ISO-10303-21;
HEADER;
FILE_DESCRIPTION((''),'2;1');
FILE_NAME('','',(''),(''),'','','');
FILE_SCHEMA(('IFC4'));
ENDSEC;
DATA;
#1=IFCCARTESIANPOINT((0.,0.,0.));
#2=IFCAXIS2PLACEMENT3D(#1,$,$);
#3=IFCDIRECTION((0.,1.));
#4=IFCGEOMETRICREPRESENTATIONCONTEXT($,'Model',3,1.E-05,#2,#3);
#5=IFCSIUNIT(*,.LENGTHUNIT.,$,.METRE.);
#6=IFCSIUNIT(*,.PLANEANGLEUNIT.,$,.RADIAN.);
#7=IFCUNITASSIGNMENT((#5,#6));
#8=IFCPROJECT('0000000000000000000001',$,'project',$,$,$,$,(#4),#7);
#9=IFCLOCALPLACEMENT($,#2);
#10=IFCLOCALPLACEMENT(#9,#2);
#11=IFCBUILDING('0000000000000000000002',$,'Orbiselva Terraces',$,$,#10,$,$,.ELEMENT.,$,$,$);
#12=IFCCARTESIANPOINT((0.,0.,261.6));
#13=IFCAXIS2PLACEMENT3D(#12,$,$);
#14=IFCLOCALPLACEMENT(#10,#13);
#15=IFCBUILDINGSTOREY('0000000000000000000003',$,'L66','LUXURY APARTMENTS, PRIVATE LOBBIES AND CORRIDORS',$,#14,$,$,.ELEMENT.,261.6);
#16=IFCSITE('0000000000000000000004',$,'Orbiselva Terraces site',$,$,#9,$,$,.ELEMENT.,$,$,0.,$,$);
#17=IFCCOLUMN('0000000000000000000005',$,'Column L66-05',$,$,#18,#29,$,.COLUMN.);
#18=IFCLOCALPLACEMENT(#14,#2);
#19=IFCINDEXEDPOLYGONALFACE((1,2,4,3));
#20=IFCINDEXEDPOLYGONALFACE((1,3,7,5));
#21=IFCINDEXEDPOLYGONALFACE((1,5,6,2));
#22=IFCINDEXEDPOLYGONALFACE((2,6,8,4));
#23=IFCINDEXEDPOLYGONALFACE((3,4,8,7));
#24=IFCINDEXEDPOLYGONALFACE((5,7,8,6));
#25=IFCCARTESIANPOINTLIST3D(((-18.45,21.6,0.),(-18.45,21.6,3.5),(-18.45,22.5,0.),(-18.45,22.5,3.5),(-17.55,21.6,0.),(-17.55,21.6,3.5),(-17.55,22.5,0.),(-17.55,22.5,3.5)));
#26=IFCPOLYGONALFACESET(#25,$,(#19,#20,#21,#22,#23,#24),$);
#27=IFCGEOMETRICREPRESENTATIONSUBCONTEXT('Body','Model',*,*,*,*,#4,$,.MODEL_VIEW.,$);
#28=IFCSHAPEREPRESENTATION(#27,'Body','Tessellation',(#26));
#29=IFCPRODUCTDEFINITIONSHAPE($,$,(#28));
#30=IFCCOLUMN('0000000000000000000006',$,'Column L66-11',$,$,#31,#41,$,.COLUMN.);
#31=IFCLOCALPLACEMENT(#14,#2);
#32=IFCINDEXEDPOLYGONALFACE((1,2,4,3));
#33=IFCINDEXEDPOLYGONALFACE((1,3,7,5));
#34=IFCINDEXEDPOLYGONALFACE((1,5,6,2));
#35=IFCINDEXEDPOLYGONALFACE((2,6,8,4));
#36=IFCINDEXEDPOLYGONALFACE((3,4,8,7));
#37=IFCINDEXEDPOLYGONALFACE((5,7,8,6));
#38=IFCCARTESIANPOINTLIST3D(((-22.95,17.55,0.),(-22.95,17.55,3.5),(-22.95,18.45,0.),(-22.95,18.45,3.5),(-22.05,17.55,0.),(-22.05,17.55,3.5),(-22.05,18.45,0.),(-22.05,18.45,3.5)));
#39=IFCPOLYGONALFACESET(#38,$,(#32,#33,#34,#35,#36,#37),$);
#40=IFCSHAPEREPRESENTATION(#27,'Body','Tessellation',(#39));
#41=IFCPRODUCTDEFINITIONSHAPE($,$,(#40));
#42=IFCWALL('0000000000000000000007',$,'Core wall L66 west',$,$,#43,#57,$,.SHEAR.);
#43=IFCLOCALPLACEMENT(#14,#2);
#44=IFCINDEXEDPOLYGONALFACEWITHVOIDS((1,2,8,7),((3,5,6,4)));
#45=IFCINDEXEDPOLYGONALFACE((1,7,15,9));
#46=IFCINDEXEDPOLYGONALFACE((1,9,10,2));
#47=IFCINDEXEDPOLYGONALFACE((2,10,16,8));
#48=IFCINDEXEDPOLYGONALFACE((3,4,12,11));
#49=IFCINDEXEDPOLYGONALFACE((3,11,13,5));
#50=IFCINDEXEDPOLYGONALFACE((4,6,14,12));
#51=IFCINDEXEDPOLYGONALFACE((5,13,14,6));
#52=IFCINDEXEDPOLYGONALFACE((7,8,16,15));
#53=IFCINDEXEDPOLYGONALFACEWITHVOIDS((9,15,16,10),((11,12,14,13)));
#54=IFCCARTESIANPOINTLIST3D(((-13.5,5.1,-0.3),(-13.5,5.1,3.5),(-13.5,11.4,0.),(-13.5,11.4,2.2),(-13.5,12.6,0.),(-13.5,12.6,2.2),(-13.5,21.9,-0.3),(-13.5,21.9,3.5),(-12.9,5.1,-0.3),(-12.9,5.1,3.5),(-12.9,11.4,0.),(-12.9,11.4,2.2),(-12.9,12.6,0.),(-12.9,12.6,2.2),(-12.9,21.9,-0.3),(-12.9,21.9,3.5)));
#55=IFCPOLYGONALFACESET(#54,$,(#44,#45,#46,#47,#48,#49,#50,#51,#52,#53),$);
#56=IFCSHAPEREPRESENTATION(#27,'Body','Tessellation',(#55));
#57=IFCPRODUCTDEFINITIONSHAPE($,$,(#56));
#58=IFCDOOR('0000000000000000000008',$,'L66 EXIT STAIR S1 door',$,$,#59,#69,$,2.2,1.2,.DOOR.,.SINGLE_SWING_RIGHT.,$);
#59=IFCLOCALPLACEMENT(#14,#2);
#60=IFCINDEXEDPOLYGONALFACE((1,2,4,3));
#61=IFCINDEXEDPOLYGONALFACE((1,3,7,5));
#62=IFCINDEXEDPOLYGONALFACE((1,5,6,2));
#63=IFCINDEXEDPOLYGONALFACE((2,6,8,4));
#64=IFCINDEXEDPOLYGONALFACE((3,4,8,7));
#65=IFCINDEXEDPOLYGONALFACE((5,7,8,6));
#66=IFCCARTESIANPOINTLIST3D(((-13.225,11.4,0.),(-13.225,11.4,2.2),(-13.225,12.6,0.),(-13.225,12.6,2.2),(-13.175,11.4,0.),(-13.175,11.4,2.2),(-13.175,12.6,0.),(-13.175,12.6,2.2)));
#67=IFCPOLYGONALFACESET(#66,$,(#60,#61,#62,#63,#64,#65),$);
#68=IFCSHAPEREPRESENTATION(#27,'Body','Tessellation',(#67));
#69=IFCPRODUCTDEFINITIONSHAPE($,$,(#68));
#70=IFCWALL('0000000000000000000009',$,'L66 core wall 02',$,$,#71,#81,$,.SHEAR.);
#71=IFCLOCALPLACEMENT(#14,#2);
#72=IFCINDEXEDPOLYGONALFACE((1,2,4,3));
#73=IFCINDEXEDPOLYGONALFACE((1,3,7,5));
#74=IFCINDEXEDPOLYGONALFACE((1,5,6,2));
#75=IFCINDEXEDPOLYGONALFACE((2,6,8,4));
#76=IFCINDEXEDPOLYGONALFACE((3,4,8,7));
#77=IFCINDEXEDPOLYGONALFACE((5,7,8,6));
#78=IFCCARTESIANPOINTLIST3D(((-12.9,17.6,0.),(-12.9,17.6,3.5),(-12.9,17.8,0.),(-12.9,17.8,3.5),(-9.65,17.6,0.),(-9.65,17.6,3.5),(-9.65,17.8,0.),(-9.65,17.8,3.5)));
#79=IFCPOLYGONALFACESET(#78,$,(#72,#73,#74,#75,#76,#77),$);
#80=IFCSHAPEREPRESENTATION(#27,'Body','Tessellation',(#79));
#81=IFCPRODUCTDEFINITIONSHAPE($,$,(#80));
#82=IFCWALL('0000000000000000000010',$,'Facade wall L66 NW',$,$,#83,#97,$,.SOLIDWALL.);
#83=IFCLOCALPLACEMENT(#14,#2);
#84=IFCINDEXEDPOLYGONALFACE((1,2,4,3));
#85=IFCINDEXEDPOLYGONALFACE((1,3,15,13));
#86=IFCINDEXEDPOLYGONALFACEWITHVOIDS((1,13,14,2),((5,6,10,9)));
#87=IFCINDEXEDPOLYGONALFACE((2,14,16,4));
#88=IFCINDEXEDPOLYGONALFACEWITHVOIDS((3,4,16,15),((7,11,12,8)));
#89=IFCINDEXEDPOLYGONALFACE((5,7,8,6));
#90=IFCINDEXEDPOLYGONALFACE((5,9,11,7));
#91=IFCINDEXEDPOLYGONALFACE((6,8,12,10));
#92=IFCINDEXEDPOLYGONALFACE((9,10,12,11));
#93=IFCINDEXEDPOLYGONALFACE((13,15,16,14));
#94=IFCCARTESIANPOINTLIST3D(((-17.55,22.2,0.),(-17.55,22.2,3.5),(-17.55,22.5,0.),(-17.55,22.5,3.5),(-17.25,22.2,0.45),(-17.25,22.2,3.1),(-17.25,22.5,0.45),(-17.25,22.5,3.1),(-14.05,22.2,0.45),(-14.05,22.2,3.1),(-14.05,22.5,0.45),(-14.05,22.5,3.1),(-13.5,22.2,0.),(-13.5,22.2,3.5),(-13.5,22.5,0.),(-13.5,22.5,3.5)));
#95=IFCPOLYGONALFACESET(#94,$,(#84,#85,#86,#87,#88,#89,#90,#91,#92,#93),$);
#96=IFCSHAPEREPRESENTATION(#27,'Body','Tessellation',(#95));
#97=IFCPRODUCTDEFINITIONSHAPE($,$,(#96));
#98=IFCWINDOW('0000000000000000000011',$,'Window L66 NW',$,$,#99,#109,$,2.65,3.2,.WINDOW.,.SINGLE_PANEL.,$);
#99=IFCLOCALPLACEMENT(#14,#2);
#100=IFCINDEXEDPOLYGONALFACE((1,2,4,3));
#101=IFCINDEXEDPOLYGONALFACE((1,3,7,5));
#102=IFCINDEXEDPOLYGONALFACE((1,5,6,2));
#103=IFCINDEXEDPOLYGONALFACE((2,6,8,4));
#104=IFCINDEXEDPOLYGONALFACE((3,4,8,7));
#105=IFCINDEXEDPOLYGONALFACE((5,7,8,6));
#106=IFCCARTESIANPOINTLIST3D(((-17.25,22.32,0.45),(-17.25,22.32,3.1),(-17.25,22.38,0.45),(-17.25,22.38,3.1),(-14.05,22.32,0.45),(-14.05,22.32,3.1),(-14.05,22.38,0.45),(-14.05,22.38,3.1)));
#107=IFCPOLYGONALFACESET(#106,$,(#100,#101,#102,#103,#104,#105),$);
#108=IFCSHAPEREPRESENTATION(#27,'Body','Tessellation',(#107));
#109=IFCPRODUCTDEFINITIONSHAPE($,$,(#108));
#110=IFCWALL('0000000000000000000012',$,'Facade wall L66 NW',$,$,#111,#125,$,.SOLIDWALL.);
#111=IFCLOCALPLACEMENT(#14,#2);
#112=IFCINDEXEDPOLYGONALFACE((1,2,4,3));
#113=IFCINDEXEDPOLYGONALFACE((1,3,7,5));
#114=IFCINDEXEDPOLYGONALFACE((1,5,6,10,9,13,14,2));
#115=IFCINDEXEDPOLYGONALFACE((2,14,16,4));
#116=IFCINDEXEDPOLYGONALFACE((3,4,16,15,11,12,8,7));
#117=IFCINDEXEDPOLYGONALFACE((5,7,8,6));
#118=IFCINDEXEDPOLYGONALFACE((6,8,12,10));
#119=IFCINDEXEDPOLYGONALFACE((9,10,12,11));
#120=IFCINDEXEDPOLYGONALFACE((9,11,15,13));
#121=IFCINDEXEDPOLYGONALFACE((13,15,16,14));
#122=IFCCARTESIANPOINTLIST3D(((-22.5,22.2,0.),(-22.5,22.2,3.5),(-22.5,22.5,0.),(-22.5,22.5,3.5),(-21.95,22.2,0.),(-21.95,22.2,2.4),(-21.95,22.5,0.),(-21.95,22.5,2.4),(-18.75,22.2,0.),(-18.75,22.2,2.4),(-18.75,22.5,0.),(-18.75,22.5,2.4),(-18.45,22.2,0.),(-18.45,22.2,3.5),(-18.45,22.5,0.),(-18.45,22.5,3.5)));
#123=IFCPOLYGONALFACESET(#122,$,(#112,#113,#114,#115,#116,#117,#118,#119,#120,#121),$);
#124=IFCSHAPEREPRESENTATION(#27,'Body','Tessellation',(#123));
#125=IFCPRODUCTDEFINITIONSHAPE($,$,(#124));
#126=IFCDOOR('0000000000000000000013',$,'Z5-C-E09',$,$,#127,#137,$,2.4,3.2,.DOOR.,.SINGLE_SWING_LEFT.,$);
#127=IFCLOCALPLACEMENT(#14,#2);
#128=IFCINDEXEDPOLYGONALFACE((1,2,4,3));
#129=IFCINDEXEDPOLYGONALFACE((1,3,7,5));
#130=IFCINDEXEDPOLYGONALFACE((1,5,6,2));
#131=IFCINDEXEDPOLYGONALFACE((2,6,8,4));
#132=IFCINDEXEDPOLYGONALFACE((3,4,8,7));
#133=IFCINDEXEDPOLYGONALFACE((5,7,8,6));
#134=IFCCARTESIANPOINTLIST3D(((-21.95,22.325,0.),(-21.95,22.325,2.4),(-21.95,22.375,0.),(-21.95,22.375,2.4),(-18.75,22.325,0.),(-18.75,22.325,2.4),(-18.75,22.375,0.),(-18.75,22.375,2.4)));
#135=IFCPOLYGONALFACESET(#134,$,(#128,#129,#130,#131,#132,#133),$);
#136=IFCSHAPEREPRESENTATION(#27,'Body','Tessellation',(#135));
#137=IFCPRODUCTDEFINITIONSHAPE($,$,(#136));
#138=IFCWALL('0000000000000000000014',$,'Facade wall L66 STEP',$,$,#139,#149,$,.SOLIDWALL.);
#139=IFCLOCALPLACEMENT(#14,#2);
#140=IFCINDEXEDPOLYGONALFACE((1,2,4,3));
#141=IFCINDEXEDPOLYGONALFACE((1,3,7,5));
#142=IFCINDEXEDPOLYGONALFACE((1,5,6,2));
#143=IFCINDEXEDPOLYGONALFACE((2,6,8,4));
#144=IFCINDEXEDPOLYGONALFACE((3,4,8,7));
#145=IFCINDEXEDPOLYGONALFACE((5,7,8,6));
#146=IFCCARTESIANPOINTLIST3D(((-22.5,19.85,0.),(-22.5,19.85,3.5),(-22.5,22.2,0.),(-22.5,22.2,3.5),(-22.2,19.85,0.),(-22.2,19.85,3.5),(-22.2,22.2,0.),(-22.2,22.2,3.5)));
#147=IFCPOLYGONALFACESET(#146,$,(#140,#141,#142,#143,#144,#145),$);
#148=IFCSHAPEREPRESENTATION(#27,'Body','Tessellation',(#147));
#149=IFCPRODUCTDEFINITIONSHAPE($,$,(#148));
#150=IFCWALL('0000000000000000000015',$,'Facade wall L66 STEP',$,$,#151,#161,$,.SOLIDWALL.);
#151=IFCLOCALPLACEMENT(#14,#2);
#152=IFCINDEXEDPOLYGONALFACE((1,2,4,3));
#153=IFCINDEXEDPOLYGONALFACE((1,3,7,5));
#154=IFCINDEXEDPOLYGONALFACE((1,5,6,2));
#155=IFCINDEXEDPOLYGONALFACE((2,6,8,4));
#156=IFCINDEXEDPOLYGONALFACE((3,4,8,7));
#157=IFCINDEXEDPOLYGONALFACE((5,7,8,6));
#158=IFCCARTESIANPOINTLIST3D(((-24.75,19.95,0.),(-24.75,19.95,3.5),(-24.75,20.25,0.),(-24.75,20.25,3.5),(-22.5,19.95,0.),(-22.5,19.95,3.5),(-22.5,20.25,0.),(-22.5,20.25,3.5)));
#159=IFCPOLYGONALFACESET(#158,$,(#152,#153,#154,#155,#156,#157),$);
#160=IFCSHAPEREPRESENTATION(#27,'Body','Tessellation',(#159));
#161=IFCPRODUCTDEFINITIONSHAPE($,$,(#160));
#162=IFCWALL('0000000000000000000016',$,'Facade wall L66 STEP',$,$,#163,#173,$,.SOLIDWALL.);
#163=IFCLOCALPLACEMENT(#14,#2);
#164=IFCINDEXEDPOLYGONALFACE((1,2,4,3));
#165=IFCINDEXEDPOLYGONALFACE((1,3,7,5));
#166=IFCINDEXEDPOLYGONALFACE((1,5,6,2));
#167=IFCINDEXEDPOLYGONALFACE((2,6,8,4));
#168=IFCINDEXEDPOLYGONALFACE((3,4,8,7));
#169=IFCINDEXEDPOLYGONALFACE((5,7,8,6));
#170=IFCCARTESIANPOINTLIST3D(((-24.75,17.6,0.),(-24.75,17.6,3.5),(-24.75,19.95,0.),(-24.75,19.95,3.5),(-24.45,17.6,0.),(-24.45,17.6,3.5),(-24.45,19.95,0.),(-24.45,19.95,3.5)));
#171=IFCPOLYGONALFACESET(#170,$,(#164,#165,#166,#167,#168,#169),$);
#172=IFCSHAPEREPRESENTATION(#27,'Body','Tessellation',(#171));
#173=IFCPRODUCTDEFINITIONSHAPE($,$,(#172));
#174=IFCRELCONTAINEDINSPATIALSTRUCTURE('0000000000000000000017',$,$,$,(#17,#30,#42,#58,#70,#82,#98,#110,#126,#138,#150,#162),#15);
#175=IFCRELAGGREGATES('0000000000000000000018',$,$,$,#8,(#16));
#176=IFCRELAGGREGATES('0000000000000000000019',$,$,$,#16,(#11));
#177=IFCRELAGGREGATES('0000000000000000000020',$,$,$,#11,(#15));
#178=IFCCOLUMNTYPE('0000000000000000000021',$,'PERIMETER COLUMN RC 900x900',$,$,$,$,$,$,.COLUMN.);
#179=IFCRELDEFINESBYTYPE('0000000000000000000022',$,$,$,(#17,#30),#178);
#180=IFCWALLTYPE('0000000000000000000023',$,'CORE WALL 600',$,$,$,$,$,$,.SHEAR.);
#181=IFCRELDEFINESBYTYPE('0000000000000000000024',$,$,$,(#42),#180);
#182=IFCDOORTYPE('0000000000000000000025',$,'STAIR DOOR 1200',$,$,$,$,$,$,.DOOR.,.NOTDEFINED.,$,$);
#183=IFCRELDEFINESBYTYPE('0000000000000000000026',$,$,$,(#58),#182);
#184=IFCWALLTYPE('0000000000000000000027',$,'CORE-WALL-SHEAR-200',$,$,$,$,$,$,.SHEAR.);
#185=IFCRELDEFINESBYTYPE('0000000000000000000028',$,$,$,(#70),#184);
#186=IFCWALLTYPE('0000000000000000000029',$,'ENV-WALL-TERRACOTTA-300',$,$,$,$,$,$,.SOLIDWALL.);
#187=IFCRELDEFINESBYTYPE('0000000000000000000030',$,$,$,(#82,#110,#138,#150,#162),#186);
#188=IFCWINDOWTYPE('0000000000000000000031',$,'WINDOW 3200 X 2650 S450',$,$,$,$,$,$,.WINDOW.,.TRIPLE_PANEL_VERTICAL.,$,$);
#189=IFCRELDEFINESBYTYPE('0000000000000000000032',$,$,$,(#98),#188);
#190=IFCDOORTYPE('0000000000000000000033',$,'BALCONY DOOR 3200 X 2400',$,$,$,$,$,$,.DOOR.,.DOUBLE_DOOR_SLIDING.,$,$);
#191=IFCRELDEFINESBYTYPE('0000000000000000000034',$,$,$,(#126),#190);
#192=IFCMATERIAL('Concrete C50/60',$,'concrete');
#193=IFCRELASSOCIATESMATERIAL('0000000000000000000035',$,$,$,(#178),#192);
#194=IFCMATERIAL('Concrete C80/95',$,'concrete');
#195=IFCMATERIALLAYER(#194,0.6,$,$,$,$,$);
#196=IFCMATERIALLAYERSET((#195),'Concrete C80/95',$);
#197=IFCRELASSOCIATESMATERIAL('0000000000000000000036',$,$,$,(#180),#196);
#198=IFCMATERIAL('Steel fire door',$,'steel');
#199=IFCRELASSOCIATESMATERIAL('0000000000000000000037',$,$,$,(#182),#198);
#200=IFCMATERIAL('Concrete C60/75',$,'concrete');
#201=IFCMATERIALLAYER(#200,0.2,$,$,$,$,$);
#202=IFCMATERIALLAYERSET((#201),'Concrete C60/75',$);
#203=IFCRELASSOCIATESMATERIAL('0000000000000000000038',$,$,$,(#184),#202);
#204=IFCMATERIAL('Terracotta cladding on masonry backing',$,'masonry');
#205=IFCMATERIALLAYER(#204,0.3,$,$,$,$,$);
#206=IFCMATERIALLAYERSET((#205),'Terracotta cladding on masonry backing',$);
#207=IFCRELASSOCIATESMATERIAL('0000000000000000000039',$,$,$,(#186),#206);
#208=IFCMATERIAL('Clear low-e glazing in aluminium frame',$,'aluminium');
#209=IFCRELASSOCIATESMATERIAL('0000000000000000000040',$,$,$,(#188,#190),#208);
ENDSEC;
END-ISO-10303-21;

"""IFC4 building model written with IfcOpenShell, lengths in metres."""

from ifc_helpers import new_model, si_unit, direction, frame, frame_2d, origin, origin_2d, place, context, subcontext, project, spatial, rectangle, extrude, material, layer, layer_set, material_profile, profile_set, type_object, element, fill, save


model = new_model("IFC4")

# Units and contexts
model_context = context("Model", 3, precision=1e-05, world=origin(), true_north=direction((0.0, 1.0)))
body_context = subcontext(model_context, "Body", "Model", "MODEL_VIEW")
ifc_project = project(units=[si_unit("LENGTHUNIT", "METRE"), si_unit("PLANEANGLEUNIT", "RADIAN")], contexts=[model_context])

# Site, building, storey
site_placement = place(None, origin())
site = spatial("IfcSite", under=ifc_project, at=site_placement, Name="Orbiselva Terraces site", CompositionType="ELEMENT", RefElevation=0.0)
building_placement = place(site_placement, origin())
building = spatial("IfcBuilding", under=site, at=building_placement, Name="Orbiselva Terraces", CompositionType="ELEMENT")
storey_placement = place(building_placement, frame((0.0, 0.0, 261.6)))
storey = spatial("IfcBuildingStorey", under=building, at=storey_placement, Name="L66", Description="LUXURY APARTMENTS, PRIVATE LOBBIES AND CORRIDORS", CompositionType="ELEMENT", Elevation=261.6)

# Columns
ifc_material_1 = material(Name="Concrete C50/60", Category="concrete")
ifc_material_profile = material_profile(ifc_material_1, rectangle(XDim=0.9, YDim=0.9, at=origin_2d()), Name="RC 900x900")
ifc_profile_set = profile_set([ifc_material_profile], Name="Concrete C50/60")
column_type = type_object("IfcColumnType", Name="PERIMETER COLUMN RC 900x900", PredefinedType="COLUMN", material=ifc_profile_set)
for number, where, z_axis, x_axis, name in (
    (1, (-18.0, 22.05, 0.0), (0.0, 0.0, 1.0), (1.0, 0.0, 0.0), "Column L66-05"),
    (2, (-22.5, 18.0, 0.0), (0.0, 0.0, 1.0), (1.0, 0.0, 0.0), "Column L66-11"),
):
    element("IfcColumn", number, at=place(storey_placement, frame(where, z_axis=z_axis, x_axis=x_axis)), inside=storey, type_object=column_type, Name=name, PredefinedType="COLUMN", context=body_context, shape_type="SweptSolid", body=[
        extrude(rectangle(XDim=0.9, YDim=0.9, at=origin_2d()), origin(), (0.0, 0.0, 1.0), 3.5),
    ])

# Wall, opening, door
ifc_material_2 = material(Name="Concrete C80/95", Category="concrete")
ifc_layer_1 = layer(ifc_material_2, 0.6)
ifc_layer_set_1 = layer_set([ifc_layer_1], Name="Concrete C80/95")
wall_type_1 = type_object("IfcWallType", Name="CORE WALL 600", PredefinedType="SHEAR", material=ifc_layer_set_1)
wall_1_placement = place(storey_placement, frame((-13.2, 21.9, -0.3), z_axis=(0.0, 0.0, 1.0), x_axis=(0.0, -1.0, 0.0)))
wall_1 = element("IfcWall", 3, at=wall_1_placement, inside=storey, type_object=wall_type_1, Name="Core wall L66 west", PredefinedType="SHEAR", context=body_context, shape_type="SweptSolid", body=[
    extrude(rectangle(XDim=16.8, YDim=0.6, at=frame_2d((8.4, 0.0))), origin(), (0.0, 0.0, 1.0), 3.8),
])
opening_1_placement = place(wall_1_placement, frame((9.3, 0.0, 0.3)))
opening_1 = element("IfcOpeningElement", 4, at=opening_1_placement, cuts=wall_1, PredefinedType="OPENING", context=body_context, shape_type="SweptSolid", body=[
    extrude(rectangle(XDim=1.2, YDim=2.2, at=frame_2d((0.6, 1.1))), frame((0.0, 0.31, 0.0), z_axis=(0.0, -1.0, 0.0), x_axis=(1.0, 0.0, 0.0)), (0.0, 0.0, 1.0), 0.62),
])
ifc_material_3 = material(Name="Steel fire door", Category="steel")
door_type_1 = type_object("IfcDoorType", Name="STAIR DOOR 1200", OperationType="NOTDEFINED", PredefinedType="DOOR", material=ifc_material_3)
door_1_placement = place(opening_1_placement, frame((1.2, 0.0, 0.0), z_axis=(0.0, 0.0, 1.0), x_axis=(-1.0, 0.0, 0.0)))
door_1 = element("IfcDoor", 5, at=door_1_placement, inside=storey, type_object=door_type_1, Name="L66 EXIT STAIR S1 door", OperationType="SINGLE_SWING_RIGHT", OverallHeight=2.2, OverallWidth=1.2, PredefinedType="DOOR", context=body_context, shape_type="SweptSolid", body=[
    extrude(rectangle(XDim=1.2, YDim=2.2, at=frame_2d((0.6, 1.1))), frame((0.0, 0.025, 0.0), z_axis=(0.0, -1.0, 0.0), x_axis=(1.0, 0.0, 0.0)), (0.0, 0.0, 1.0), 0.05),
])
fill(opening_1, door_1)

# Wall
ifc_material_4 = material(Name="Concrete C60/75", Category="concrete")
ifc_layer_2 = layer(ifc_material_4, 0.2)
ifc_layer_set_2 = layer_set([ifc_layer_2], Name="Concrete C60/75")
wall_type_2 = type_object("IfcWallType", Name="CORE-WALL-SHEAR-200", PredefinedType="SHEAR", material=ifc_layer_set_2)
wall_2_placement = place(storey_placement, frame((-12.9, 17.7, 0.0), z_axis=(0.0, 0.0, 1.0), x_axis=(1.0, 0.0, 0.0)))
element("IfcWall", 6, at=wall_2_placement, inside=storey, type_object=wall_type_2, Name="L66 core wall 02", PredefinedType="SHEAR", context=body_context, shape_type="SweptSolid", body=[
    extrude(rectangle(XDim=3.25, YDim=0.2, at=frame_2d((1.625, 0.0))), origin(), (0.0, 0.0, 1.0), 3.5),
])

# Wall, opening, window
ifc_material_5 = material(Name="Terracotta cladding on masonry backing", Category="masonry")
ifc_layer_3 = layer(ifc_material_5, 0.3)
ifc_layer_set_3 = layer_set([ifc_layer_3], Name="Terracotta cladding on masonry backing")
wall_type_3 = type_object("IfcWallType", Name="ENV-WALL-TERRACOTTA-300", PredefinedType="SOLIDWALL", material=ifc_layer_set_3)
wall_3_placement = place(storey_placement, frame((-17.55, 22.35, 0.0), z_axis=(0.0, 0.0, 1.0), x_axis=(1.0, 0.0, 0.0)))
wall_3 = element("IfcWall", 7, at=wall_3_placement, inside=storey, type_object=wall_type_3, Name="Facade wall L66 NW", PredefinedType="SOLIDWALL", context=body_context, shape_type="SweptSolid", body=[
    extrude(rectangle(XDim=4.05, YDim=0.3, at=frame_2d((2.025, 0.0))), origin(), (0.0, 0.0, 1.0), 3.5),
])
opening_2_placement = place(wall_3_placement, frame((0.3, 0.0, 0.45)))
opening_2 = element("IfcOpeningElement", 8, at=opening_2_placement, cuts=wall_3, PredefinedType="OPENING", context=body_context, shape_type="SweptSolid", body=[
    extrude(rectangle(XDim=3.2, YDim=2.65, at=frame_2d((1.6, 1.325))), frame((0.0, 0.16, 0.0), z_axis=(0.0, -1.0, 0.0), x_axis=(1.0, 0.0, 0.0)), (0.0, 0.0, 1.0), 0.32),
])
ifc_material_6 = material(Name="Clear low-e glazing in aluminium frame", Category="aluminium")
window_type = type_object("IfcWindowType", Name="WINDOW 3200 X 2650 S450", PartitioningType="TRIPLE_PANEL_VERTICAL", PredefinedType="WINDOW", material=ifc_material_6)
window_placement = place(opening_2_placement, origin())
window = element("IfcWindow", 9, at=window_placement, inside=storey, type_object=window_type, Name="Window L66 NW", OverallHeight=2.65, OverallWidth=3.2, PartitioningType="SINGLE_PANEL", PredefinedType="WINDOW", context=body_context, shape_type="SweptSolid", body=[
    extrude(rectangle(XDim=3.2, YDim=2.65, at=frame_2d((1.6, 1.325))), frame((0.0, 0.03, 0.0), z_axis=(0.0, -1.0, 0.0), x_axis=(1.0, 0.0, 0.0)), (0.0, 0.0, 1.0), 0.06),
])
fill(opening_2, window)

# Wall, opening, door
wall_4_placement = place(storey_placement, frame((-22.5, 22.35, 0.0), z_axis=(0.0, 0.0, 1.0), x_axis=(1.0, 0.0, 0.0)))
wall_4 = element("IfcWall", 10, at=wall_4_placement, inside=storey, type_object=wall_type_3, Name="Facade wall L66 NW", PredefinedType="SOLIDWALL", context=body_context, shape_type="SweptSolid", body=[
    extrude(rectangle(XDim=4.05, YDim=0.3, at=frame_2d((2.025, 0.0))), origin(), (0.0, 0.0, 1.0), 3.5),
])
opening_3_placement = place(wall_4_placement, frame((0.55, 0.0, 0.0)))
opening_3 = element("IfcOpeningElement", 11, at=opening_3_placement, cuts=wall_4, PredefinedType="OPENING", context=body_context, shape_type="SweptSolid", body=[
    extrude(rectangle(XDim=3.2, YDim=2.4, at=frame_2d((1.6, 1.2))), frame((0.0, 0.16, 0.0), z_axis=(0.0, -1.0, 0.0), x_axis=(1.0, 0.0, 0.0)), (0.0, 0.0, 1.0), 0.32),
])
door_type_2 = type_object("IfcDoorType", Name="BALCONY DOOR 3200 X 2400", OperationType="DOUBLE_DOOR_SLIDING", PredefinedType="DOOR", material=ifc_material_6)
door_2_placement = place(opening_3_placement, origin())
door_2 = element("IfcDoor", 12, at=door_2_placement, inside=storey, type_object=door_type_2, Name="Z5-C-E09", OperationType="SINGLE_SWING_LEFT", OverallHeight=2.4, OverallWidth=3.2, PredefinedType="DOOR", context=body_context, shape_type="SweptSolid", body=[
    extrude(rectangle(XDim=3.2, YDim=2.4, at=frame_2d((1.6, 1.2))), frame((0.0, 0.025, 0.0), z_axis=(0.0, -1.0, 0.0), x_axis=(1.0, 0.0, 0.0)), (0.0, 0.0, 1.0), 0.05),
])
fill(opening_3, door_2)

# Walls
wall_5_placement = place(storey_placement, frame((-22.35, 19.85, 0.0), z_axis=(0.0, 0.0, 1.0), x_axis=(0.0, 1.0, 0.0)))
element("IfcWall", 13, at=wall_5_placement, inside=storey, type_object=wall_type_3, Name="Facade wall L66 STEP", PredefinedType="SOLIDWALL", context=body_context, shape_type="SweptSolid", body=[
    extrude(rectangle(XDim=2.35, YDim=0.3, at=frame_2d((1.175, 0.0))), origin(), (0.0, 0.0, 1.0), 3.5),
])
wall_6_placement = place(storey_placement, frame((-24.75, 20.1, 0.0), z_axis=(0.0, 0.0, 1.0), x_axis=(1.0, 0.0, 0.0)))
element("IfcWall", 14, at=wall_6_placement, inside=storey, type_object=wall_type_3, Name="Facade wall L66 STEP", PredefinedType="SOLIDWALL", context=body_context, shape_type="SweptSolid", body=[
    extrude(rectangle(XDim=2.25, YDim=0.3, at=frame_2d((1.125, 0.0))), origin(), (0.0, 0.0, 1.0), 3.5),
])
wall_7_placement = place(storey_placement, frame((-24.6, 17.6, 0.0), z_axis=(0.0, 0.0, 1.0), x_axis=(0.0, 1.0, 0.0)))
element("IfcWall", 15, at=wall_7_placement, inside=storey, type_object=wall_type_3, Name="Facade wall L66 STEP", PredefinedType="SOLIDWALL", context=body_context, shape_type="SweptSolid", body=[
    extrude(rectangle(XDim=2.35, YDim=0.3, at=frame_2d((1.175, 0.0))), origin(), (0.0, 0.0, 1.0), 3.5),
])

save(model, "model.ifc")
